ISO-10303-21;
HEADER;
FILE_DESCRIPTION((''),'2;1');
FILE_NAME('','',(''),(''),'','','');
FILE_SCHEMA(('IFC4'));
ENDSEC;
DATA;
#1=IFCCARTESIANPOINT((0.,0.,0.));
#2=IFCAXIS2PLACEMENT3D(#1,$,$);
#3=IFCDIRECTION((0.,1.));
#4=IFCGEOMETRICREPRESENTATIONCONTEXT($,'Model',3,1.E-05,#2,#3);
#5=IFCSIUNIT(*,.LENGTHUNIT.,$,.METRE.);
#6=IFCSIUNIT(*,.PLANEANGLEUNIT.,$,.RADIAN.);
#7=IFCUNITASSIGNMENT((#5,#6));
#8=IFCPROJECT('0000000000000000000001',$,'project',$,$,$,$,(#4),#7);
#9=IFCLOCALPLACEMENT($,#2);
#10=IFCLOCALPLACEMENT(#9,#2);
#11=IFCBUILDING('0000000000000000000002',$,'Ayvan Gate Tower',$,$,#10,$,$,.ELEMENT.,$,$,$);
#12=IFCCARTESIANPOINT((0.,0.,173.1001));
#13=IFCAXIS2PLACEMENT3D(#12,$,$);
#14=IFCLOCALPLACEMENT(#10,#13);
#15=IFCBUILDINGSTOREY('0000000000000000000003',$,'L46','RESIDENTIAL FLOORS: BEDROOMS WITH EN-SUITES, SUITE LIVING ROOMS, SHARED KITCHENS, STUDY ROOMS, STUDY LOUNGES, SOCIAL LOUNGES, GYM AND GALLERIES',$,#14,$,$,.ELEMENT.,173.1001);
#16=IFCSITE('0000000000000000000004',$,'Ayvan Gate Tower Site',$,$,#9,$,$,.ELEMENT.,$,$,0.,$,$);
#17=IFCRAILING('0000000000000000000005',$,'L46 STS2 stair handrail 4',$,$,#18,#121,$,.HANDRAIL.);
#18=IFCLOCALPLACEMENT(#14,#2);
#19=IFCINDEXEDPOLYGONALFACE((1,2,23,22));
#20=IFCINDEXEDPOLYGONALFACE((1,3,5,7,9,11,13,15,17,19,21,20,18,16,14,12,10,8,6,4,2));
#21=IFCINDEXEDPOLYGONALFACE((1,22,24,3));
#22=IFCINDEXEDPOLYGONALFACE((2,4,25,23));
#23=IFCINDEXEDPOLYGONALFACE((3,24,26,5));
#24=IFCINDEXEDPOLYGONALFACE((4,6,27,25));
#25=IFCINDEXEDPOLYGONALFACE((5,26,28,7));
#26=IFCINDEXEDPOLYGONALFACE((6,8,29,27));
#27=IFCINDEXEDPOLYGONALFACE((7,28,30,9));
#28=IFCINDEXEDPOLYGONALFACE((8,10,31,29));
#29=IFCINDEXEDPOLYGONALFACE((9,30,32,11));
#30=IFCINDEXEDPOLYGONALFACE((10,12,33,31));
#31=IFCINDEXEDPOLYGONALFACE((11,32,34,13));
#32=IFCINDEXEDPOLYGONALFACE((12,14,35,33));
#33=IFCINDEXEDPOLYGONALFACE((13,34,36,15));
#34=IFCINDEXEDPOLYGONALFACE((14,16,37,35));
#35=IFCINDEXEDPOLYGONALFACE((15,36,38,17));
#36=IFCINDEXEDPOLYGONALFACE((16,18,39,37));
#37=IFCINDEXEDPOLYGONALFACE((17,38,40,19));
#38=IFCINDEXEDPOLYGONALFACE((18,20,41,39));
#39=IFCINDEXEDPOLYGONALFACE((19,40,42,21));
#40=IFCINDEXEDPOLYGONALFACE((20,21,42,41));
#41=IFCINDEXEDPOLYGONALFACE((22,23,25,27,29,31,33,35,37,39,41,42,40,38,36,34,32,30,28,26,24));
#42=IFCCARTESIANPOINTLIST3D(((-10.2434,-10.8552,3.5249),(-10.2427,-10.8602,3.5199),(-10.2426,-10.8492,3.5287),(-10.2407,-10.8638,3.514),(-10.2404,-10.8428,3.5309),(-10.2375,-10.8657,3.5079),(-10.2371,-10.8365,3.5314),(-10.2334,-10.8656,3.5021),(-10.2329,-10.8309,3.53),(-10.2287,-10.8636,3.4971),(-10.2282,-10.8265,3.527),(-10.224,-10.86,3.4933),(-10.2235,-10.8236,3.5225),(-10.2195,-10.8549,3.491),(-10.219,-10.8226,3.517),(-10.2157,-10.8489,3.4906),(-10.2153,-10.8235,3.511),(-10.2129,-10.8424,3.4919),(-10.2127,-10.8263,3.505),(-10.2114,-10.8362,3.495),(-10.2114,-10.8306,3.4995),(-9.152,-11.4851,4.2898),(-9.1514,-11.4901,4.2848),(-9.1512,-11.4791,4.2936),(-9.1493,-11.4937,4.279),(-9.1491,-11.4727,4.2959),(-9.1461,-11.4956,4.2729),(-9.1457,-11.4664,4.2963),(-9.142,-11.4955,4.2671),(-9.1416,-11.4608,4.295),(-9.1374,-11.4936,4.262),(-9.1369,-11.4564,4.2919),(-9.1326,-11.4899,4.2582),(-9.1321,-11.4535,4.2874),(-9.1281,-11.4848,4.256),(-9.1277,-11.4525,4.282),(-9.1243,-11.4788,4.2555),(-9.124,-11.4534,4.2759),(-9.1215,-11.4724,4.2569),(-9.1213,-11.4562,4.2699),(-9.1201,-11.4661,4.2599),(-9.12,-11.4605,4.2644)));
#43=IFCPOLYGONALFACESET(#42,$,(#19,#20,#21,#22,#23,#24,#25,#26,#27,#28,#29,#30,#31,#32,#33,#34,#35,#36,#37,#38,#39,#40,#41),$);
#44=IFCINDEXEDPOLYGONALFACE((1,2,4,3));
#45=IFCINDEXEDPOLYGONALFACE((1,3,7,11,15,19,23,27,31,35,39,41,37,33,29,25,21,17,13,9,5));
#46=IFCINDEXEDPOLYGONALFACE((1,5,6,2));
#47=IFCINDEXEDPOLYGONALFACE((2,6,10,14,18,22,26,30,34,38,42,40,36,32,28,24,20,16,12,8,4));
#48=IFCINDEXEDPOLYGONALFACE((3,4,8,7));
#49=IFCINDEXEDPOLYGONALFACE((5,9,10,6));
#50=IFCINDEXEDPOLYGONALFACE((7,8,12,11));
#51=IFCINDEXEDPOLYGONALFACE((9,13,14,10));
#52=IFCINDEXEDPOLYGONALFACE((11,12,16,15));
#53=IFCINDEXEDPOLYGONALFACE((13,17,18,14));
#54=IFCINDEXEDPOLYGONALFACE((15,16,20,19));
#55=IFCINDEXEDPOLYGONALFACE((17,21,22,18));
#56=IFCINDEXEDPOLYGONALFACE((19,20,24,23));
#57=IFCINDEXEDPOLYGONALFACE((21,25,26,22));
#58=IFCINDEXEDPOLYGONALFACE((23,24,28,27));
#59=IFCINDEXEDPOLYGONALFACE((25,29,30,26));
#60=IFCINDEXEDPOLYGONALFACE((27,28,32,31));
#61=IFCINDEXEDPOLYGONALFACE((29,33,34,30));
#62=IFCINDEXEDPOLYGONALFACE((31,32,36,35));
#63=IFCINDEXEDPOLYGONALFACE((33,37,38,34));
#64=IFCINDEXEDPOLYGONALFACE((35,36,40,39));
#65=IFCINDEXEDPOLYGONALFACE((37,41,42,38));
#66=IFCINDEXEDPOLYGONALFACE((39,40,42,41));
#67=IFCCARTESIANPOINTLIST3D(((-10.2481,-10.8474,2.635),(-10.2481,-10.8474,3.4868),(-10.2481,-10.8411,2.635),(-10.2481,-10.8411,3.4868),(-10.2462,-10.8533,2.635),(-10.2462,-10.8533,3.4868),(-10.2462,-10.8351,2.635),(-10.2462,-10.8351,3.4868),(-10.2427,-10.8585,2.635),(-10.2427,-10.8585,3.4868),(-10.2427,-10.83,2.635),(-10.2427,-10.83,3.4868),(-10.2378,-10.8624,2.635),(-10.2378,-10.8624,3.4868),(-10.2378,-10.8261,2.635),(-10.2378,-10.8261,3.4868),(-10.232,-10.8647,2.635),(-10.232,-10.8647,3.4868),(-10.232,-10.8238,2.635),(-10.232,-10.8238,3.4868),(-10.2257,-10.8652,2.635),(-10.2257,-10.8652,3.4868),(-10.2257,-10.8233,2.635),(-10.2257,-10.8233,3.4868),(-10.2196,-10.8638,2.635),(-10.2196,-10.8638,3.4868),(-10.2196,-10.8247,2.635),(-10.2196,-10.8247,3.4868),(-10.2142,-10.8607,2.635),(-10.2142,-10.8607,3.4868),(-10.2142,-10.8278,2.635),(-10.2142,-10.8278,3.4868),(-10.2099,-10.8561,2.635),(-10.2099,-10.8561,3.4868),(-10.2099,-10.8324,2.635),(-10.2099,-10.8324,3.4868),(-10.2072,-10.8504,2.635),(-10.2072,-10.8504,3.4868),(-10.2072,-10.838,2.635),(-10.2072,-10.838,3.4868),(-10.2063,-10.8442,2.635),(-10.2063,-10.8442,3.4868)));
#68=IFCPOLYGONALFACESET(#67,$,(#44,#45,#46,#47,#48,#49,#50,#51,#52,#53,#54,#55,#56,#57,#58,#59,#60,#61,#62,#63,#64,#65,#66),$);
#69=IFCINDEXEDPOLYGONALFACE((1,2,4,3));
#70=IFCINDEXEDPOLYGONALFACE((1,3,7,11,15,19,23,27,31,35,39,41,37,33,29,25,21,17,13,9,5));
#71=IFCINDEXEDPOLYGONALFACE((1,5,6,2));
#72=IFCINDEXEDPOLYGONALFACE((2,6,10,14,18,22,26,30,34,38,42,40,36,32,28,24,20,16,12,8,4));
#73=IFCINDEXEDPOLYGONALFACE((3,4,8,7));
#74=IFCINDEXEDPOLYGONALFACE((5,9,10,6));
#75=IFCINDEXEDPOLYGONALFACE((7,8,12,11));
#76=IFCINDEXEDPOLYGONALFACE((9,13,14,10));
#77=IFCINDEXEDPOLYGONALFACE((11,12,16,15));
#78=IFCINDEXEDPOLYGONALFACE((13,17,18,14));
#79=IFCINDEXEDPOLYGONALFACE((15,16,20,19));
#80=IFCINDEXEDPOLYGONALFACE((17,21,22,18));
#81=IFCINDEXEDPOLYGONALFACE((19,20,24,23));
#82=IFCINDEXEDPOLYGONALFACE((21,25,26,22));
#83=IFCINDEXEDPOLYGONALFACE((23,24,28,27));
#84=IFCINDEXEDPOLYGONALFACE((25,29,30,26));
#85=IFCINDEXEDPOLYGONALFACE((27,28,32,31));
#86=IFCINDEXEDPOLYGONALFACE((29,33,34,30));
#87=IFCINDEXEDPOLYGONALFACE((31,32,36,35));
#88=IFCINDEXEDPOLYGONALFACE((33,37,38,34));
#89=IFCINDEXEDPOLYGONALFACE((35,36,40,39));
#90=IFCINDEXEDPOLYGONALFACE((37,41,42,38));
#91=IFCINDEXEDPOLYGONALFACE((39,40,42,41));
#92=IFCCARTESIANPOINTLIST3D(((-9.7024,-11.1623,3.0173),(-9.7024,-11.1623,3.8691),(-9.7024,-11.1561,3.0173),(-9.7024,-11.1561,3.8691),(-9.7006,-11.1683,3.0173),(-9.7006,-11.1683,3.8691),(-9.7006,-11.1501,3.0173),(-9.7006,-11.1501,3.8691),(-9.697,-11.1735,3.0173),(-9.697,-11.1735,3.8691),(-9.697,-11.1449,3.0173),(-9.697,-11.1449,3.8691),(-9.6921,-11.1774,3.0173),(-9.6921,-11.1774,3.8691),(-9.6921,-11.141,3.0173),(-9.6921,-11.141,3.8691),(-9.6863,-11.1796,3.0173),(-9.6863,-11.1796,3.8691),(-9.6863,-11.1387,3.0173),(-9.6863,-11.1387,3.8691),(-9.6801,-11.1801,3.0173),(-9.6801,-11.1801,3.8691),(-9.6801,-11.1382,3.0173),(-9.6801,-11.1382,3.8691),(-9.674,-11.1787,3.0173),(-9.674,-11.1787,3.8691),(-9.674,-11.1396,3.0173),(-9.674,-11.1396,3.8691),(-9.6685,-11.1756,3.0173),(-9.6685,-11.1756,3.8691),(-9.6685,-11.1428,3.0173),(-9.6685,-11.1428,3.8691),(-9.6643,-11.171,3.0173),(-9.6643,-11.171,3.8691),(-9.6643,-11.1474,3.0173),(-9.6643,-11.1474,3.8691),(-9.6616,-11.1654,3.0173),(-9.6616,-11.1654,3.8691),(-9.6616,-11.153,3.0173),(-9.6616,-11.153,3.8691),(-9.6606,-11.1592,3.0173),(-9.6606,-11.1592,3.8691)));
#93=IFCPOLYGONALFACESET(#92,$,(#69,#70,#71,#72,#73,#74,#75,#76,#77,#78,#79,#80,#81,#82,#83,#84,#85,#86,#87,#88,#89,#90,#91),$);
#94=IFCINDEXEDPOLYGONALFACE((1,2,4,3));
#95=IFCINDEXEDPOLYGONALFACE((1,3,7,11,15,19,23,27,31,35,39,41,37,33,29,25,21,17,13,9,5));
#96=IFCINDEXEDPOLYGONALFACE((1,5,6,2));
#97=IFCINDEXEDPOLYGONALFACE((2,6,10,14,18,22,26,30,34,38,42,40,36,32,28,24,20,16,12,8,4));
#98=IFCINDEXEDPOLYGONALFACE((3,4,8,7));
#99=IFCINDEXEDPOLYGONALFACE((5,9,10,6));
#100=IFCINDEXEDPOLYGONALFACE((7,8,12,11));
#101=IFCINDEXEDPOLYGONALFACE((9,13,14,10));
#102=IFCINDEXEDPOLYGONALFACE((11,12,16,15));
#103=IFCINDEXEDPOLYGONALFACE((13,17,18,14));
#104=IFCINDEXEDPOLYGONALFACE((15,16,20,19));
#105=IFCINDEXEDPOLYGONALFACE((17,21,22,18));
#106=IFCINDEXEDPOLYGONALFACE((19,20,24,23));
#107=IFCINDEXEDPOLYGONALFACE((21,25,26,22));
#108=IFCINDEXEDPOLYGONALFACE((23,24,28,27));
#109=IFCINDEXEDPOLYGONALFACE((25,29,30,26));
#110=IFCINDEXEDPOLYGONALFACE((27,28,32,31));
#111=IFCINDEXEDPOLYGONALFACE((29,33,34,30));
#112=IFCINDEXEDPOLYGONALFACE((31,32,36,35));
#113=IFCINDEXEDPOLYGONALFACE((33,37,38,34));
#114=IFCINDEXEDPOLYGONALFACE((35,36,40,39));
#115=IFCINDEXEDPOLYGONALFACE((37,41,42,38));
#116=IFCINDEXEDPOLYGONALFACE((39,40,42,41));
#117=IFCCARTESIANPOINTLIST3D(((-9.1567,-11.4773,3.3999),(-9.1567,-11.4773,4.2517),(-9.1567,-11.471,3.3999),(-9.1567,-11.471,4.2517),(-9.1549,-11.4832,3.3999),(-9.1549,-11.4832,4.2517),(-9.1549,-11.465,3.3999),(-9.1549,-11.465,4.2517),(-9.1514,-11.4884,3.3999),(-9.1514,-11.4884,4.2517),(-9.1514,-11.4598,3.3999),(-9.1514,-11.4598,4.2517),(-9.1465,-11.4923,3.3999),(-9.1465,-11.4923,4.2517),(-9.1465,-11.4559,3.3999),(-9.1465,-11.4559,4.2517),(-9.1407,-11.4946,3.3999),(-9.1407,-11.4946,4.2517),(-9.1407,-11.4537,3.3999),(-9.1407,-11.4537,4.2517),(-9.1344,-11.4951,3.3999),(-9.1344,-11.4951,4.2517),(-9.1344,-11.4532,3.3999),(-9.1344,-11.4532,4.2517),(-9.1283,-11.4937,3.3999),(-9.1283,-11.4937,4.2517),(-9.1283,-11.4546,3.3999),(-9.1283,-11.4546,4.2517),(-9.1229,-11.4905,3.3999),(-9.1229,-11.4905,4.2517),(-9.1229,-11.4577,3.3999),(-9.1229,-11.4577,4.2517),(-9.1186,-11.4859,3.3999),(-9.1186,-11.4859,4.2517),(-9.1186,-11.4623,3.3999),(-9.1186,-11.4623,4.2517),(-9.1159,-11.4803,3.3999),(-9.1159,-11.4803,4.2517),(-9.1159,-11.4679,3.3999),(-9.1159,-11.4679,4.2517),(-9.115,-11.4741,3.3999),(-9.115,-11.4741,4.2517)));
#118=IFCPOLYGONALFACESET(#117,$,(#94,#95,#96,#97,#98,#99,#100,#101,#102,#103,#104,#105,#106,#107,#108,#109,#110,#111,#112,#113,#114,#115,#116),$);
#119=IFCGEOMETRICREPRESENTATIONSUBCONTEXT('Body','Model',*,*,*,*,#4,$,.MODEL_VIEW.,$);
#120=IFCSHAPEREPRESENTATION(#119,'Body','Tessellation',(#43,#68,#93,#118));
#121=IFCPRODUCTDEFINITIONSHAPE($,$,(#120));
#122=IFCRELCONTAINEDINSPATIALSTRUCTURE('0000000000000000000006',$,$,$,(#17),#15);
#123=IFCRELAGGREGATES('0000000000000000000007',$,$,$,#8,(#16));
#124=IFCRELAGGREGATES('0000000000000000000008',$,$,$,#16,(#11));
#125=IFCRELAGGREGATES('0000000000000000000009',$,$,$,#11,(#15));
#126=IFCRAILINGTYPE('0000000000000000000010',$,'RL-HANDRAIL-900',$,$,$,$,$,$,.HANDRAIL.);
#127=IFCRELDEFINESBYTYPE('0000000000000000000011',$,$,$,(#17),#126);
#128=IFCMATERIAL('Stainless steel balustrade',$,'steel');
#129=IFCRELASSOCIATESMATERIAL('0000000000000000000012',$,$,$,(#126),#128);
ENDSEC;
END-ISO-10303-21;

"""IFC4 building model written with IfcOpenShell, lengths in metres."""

from ifc_helpers import new_model, si_unit, direction, frame, origin, origin_2d, place, context, subcontext, project, spatial, circle, extrude, material, type_object, element, save


model = new_model("IFC4")

# Units and contexts
model_context = context("Model", 3, precision=1e-05, world=origin(), true_north=direction((0.0, 1.0)))
body_context = subcontext(model_context, "Body", "Model", "MODEL_VIEW")
ifc_project = project(units=[si_unit("LENGTHUNIT", "METRE"), si_unit("PLANEANGLEUNIT", "RADIAN")], contexts=[model_context])

# Site, building, storey
site_placement = place(None, origin())
site = spatial("IfcSite", under=ifc_project, at=site_placement, Name="Ayvan Gate Tower Site", CompositionType="ELEMENT", RefElevation=0.0)
building_placement = place(site_placement, origin())
building = spatial("IfcBuilding", under=site, at=building_placement, Name="Ayvan Gate Tower", CompositionType="ELEMENT")
storey_placement = place(building_placement, frame((0.0, 0.0, 173.1001)))
storey = spatial("IfcBuildingStorey", under=building, at=storey_placement, Name="L46", Description="RESIDENTIAL FLOORS: BEDROOMS WITH EN-SUITES, SUITE LIVING ROOMS, SHARED KITCHENS, STUDY ROOMS, STUDY LOUNGES, SOCIAL LOUNGES, GYM AND GALLERIES", CompositionType="ELEMENT", Elevation=173.1001)

# Railing
ifc_material_1 = material(Name="Stainless steel balustrade", Category="steel")
railing_type_1 = type_object("IfcRailingType", Name="RL-HANDRAIL-900", PredefinedType="HANDRAIL", material=ifc_material_1)
railing_1_placement = place(storey_placement, frame((-10.2273, -10.8442, 2.635)))
element("IfcRailing", 1, at=railing_1_placement, inside=storey, type_object=railing_type_1, Name="L46 STS2 stair handrail 4", PredefinedType="HANDRAIL", context=body_context, shape_type="SweptSolid", body=[
    extrude(circle(Radius=0.0239, at=origin_2d()), frame((0.0, 0.0, 0.876), z_axis=(0.740357, -0.42732, 0.518912), x_axis=(0.49989, 0.866089, 0.0)), (0.0, 0.0, 1.0), 1.4741),
    extrude(circle(Radius=0.021, at=origin_2d()), origin(), (0.0, 0.0, 1.0), 0.8518),
    extrude(circle(Radius=0.021, at=origin_2d()), frame((0.5457, -0.3149, 0.3823)), (0.0, 0.0, 1.0), 0.8518),
    extrude(circle(Radius=0.021, at=origin_2d()), frame((1.0913, -0.6299, 0.7649)), (0.0, 0.0, 1.0), 0.8518),
])

save(model, "model.ifc")
